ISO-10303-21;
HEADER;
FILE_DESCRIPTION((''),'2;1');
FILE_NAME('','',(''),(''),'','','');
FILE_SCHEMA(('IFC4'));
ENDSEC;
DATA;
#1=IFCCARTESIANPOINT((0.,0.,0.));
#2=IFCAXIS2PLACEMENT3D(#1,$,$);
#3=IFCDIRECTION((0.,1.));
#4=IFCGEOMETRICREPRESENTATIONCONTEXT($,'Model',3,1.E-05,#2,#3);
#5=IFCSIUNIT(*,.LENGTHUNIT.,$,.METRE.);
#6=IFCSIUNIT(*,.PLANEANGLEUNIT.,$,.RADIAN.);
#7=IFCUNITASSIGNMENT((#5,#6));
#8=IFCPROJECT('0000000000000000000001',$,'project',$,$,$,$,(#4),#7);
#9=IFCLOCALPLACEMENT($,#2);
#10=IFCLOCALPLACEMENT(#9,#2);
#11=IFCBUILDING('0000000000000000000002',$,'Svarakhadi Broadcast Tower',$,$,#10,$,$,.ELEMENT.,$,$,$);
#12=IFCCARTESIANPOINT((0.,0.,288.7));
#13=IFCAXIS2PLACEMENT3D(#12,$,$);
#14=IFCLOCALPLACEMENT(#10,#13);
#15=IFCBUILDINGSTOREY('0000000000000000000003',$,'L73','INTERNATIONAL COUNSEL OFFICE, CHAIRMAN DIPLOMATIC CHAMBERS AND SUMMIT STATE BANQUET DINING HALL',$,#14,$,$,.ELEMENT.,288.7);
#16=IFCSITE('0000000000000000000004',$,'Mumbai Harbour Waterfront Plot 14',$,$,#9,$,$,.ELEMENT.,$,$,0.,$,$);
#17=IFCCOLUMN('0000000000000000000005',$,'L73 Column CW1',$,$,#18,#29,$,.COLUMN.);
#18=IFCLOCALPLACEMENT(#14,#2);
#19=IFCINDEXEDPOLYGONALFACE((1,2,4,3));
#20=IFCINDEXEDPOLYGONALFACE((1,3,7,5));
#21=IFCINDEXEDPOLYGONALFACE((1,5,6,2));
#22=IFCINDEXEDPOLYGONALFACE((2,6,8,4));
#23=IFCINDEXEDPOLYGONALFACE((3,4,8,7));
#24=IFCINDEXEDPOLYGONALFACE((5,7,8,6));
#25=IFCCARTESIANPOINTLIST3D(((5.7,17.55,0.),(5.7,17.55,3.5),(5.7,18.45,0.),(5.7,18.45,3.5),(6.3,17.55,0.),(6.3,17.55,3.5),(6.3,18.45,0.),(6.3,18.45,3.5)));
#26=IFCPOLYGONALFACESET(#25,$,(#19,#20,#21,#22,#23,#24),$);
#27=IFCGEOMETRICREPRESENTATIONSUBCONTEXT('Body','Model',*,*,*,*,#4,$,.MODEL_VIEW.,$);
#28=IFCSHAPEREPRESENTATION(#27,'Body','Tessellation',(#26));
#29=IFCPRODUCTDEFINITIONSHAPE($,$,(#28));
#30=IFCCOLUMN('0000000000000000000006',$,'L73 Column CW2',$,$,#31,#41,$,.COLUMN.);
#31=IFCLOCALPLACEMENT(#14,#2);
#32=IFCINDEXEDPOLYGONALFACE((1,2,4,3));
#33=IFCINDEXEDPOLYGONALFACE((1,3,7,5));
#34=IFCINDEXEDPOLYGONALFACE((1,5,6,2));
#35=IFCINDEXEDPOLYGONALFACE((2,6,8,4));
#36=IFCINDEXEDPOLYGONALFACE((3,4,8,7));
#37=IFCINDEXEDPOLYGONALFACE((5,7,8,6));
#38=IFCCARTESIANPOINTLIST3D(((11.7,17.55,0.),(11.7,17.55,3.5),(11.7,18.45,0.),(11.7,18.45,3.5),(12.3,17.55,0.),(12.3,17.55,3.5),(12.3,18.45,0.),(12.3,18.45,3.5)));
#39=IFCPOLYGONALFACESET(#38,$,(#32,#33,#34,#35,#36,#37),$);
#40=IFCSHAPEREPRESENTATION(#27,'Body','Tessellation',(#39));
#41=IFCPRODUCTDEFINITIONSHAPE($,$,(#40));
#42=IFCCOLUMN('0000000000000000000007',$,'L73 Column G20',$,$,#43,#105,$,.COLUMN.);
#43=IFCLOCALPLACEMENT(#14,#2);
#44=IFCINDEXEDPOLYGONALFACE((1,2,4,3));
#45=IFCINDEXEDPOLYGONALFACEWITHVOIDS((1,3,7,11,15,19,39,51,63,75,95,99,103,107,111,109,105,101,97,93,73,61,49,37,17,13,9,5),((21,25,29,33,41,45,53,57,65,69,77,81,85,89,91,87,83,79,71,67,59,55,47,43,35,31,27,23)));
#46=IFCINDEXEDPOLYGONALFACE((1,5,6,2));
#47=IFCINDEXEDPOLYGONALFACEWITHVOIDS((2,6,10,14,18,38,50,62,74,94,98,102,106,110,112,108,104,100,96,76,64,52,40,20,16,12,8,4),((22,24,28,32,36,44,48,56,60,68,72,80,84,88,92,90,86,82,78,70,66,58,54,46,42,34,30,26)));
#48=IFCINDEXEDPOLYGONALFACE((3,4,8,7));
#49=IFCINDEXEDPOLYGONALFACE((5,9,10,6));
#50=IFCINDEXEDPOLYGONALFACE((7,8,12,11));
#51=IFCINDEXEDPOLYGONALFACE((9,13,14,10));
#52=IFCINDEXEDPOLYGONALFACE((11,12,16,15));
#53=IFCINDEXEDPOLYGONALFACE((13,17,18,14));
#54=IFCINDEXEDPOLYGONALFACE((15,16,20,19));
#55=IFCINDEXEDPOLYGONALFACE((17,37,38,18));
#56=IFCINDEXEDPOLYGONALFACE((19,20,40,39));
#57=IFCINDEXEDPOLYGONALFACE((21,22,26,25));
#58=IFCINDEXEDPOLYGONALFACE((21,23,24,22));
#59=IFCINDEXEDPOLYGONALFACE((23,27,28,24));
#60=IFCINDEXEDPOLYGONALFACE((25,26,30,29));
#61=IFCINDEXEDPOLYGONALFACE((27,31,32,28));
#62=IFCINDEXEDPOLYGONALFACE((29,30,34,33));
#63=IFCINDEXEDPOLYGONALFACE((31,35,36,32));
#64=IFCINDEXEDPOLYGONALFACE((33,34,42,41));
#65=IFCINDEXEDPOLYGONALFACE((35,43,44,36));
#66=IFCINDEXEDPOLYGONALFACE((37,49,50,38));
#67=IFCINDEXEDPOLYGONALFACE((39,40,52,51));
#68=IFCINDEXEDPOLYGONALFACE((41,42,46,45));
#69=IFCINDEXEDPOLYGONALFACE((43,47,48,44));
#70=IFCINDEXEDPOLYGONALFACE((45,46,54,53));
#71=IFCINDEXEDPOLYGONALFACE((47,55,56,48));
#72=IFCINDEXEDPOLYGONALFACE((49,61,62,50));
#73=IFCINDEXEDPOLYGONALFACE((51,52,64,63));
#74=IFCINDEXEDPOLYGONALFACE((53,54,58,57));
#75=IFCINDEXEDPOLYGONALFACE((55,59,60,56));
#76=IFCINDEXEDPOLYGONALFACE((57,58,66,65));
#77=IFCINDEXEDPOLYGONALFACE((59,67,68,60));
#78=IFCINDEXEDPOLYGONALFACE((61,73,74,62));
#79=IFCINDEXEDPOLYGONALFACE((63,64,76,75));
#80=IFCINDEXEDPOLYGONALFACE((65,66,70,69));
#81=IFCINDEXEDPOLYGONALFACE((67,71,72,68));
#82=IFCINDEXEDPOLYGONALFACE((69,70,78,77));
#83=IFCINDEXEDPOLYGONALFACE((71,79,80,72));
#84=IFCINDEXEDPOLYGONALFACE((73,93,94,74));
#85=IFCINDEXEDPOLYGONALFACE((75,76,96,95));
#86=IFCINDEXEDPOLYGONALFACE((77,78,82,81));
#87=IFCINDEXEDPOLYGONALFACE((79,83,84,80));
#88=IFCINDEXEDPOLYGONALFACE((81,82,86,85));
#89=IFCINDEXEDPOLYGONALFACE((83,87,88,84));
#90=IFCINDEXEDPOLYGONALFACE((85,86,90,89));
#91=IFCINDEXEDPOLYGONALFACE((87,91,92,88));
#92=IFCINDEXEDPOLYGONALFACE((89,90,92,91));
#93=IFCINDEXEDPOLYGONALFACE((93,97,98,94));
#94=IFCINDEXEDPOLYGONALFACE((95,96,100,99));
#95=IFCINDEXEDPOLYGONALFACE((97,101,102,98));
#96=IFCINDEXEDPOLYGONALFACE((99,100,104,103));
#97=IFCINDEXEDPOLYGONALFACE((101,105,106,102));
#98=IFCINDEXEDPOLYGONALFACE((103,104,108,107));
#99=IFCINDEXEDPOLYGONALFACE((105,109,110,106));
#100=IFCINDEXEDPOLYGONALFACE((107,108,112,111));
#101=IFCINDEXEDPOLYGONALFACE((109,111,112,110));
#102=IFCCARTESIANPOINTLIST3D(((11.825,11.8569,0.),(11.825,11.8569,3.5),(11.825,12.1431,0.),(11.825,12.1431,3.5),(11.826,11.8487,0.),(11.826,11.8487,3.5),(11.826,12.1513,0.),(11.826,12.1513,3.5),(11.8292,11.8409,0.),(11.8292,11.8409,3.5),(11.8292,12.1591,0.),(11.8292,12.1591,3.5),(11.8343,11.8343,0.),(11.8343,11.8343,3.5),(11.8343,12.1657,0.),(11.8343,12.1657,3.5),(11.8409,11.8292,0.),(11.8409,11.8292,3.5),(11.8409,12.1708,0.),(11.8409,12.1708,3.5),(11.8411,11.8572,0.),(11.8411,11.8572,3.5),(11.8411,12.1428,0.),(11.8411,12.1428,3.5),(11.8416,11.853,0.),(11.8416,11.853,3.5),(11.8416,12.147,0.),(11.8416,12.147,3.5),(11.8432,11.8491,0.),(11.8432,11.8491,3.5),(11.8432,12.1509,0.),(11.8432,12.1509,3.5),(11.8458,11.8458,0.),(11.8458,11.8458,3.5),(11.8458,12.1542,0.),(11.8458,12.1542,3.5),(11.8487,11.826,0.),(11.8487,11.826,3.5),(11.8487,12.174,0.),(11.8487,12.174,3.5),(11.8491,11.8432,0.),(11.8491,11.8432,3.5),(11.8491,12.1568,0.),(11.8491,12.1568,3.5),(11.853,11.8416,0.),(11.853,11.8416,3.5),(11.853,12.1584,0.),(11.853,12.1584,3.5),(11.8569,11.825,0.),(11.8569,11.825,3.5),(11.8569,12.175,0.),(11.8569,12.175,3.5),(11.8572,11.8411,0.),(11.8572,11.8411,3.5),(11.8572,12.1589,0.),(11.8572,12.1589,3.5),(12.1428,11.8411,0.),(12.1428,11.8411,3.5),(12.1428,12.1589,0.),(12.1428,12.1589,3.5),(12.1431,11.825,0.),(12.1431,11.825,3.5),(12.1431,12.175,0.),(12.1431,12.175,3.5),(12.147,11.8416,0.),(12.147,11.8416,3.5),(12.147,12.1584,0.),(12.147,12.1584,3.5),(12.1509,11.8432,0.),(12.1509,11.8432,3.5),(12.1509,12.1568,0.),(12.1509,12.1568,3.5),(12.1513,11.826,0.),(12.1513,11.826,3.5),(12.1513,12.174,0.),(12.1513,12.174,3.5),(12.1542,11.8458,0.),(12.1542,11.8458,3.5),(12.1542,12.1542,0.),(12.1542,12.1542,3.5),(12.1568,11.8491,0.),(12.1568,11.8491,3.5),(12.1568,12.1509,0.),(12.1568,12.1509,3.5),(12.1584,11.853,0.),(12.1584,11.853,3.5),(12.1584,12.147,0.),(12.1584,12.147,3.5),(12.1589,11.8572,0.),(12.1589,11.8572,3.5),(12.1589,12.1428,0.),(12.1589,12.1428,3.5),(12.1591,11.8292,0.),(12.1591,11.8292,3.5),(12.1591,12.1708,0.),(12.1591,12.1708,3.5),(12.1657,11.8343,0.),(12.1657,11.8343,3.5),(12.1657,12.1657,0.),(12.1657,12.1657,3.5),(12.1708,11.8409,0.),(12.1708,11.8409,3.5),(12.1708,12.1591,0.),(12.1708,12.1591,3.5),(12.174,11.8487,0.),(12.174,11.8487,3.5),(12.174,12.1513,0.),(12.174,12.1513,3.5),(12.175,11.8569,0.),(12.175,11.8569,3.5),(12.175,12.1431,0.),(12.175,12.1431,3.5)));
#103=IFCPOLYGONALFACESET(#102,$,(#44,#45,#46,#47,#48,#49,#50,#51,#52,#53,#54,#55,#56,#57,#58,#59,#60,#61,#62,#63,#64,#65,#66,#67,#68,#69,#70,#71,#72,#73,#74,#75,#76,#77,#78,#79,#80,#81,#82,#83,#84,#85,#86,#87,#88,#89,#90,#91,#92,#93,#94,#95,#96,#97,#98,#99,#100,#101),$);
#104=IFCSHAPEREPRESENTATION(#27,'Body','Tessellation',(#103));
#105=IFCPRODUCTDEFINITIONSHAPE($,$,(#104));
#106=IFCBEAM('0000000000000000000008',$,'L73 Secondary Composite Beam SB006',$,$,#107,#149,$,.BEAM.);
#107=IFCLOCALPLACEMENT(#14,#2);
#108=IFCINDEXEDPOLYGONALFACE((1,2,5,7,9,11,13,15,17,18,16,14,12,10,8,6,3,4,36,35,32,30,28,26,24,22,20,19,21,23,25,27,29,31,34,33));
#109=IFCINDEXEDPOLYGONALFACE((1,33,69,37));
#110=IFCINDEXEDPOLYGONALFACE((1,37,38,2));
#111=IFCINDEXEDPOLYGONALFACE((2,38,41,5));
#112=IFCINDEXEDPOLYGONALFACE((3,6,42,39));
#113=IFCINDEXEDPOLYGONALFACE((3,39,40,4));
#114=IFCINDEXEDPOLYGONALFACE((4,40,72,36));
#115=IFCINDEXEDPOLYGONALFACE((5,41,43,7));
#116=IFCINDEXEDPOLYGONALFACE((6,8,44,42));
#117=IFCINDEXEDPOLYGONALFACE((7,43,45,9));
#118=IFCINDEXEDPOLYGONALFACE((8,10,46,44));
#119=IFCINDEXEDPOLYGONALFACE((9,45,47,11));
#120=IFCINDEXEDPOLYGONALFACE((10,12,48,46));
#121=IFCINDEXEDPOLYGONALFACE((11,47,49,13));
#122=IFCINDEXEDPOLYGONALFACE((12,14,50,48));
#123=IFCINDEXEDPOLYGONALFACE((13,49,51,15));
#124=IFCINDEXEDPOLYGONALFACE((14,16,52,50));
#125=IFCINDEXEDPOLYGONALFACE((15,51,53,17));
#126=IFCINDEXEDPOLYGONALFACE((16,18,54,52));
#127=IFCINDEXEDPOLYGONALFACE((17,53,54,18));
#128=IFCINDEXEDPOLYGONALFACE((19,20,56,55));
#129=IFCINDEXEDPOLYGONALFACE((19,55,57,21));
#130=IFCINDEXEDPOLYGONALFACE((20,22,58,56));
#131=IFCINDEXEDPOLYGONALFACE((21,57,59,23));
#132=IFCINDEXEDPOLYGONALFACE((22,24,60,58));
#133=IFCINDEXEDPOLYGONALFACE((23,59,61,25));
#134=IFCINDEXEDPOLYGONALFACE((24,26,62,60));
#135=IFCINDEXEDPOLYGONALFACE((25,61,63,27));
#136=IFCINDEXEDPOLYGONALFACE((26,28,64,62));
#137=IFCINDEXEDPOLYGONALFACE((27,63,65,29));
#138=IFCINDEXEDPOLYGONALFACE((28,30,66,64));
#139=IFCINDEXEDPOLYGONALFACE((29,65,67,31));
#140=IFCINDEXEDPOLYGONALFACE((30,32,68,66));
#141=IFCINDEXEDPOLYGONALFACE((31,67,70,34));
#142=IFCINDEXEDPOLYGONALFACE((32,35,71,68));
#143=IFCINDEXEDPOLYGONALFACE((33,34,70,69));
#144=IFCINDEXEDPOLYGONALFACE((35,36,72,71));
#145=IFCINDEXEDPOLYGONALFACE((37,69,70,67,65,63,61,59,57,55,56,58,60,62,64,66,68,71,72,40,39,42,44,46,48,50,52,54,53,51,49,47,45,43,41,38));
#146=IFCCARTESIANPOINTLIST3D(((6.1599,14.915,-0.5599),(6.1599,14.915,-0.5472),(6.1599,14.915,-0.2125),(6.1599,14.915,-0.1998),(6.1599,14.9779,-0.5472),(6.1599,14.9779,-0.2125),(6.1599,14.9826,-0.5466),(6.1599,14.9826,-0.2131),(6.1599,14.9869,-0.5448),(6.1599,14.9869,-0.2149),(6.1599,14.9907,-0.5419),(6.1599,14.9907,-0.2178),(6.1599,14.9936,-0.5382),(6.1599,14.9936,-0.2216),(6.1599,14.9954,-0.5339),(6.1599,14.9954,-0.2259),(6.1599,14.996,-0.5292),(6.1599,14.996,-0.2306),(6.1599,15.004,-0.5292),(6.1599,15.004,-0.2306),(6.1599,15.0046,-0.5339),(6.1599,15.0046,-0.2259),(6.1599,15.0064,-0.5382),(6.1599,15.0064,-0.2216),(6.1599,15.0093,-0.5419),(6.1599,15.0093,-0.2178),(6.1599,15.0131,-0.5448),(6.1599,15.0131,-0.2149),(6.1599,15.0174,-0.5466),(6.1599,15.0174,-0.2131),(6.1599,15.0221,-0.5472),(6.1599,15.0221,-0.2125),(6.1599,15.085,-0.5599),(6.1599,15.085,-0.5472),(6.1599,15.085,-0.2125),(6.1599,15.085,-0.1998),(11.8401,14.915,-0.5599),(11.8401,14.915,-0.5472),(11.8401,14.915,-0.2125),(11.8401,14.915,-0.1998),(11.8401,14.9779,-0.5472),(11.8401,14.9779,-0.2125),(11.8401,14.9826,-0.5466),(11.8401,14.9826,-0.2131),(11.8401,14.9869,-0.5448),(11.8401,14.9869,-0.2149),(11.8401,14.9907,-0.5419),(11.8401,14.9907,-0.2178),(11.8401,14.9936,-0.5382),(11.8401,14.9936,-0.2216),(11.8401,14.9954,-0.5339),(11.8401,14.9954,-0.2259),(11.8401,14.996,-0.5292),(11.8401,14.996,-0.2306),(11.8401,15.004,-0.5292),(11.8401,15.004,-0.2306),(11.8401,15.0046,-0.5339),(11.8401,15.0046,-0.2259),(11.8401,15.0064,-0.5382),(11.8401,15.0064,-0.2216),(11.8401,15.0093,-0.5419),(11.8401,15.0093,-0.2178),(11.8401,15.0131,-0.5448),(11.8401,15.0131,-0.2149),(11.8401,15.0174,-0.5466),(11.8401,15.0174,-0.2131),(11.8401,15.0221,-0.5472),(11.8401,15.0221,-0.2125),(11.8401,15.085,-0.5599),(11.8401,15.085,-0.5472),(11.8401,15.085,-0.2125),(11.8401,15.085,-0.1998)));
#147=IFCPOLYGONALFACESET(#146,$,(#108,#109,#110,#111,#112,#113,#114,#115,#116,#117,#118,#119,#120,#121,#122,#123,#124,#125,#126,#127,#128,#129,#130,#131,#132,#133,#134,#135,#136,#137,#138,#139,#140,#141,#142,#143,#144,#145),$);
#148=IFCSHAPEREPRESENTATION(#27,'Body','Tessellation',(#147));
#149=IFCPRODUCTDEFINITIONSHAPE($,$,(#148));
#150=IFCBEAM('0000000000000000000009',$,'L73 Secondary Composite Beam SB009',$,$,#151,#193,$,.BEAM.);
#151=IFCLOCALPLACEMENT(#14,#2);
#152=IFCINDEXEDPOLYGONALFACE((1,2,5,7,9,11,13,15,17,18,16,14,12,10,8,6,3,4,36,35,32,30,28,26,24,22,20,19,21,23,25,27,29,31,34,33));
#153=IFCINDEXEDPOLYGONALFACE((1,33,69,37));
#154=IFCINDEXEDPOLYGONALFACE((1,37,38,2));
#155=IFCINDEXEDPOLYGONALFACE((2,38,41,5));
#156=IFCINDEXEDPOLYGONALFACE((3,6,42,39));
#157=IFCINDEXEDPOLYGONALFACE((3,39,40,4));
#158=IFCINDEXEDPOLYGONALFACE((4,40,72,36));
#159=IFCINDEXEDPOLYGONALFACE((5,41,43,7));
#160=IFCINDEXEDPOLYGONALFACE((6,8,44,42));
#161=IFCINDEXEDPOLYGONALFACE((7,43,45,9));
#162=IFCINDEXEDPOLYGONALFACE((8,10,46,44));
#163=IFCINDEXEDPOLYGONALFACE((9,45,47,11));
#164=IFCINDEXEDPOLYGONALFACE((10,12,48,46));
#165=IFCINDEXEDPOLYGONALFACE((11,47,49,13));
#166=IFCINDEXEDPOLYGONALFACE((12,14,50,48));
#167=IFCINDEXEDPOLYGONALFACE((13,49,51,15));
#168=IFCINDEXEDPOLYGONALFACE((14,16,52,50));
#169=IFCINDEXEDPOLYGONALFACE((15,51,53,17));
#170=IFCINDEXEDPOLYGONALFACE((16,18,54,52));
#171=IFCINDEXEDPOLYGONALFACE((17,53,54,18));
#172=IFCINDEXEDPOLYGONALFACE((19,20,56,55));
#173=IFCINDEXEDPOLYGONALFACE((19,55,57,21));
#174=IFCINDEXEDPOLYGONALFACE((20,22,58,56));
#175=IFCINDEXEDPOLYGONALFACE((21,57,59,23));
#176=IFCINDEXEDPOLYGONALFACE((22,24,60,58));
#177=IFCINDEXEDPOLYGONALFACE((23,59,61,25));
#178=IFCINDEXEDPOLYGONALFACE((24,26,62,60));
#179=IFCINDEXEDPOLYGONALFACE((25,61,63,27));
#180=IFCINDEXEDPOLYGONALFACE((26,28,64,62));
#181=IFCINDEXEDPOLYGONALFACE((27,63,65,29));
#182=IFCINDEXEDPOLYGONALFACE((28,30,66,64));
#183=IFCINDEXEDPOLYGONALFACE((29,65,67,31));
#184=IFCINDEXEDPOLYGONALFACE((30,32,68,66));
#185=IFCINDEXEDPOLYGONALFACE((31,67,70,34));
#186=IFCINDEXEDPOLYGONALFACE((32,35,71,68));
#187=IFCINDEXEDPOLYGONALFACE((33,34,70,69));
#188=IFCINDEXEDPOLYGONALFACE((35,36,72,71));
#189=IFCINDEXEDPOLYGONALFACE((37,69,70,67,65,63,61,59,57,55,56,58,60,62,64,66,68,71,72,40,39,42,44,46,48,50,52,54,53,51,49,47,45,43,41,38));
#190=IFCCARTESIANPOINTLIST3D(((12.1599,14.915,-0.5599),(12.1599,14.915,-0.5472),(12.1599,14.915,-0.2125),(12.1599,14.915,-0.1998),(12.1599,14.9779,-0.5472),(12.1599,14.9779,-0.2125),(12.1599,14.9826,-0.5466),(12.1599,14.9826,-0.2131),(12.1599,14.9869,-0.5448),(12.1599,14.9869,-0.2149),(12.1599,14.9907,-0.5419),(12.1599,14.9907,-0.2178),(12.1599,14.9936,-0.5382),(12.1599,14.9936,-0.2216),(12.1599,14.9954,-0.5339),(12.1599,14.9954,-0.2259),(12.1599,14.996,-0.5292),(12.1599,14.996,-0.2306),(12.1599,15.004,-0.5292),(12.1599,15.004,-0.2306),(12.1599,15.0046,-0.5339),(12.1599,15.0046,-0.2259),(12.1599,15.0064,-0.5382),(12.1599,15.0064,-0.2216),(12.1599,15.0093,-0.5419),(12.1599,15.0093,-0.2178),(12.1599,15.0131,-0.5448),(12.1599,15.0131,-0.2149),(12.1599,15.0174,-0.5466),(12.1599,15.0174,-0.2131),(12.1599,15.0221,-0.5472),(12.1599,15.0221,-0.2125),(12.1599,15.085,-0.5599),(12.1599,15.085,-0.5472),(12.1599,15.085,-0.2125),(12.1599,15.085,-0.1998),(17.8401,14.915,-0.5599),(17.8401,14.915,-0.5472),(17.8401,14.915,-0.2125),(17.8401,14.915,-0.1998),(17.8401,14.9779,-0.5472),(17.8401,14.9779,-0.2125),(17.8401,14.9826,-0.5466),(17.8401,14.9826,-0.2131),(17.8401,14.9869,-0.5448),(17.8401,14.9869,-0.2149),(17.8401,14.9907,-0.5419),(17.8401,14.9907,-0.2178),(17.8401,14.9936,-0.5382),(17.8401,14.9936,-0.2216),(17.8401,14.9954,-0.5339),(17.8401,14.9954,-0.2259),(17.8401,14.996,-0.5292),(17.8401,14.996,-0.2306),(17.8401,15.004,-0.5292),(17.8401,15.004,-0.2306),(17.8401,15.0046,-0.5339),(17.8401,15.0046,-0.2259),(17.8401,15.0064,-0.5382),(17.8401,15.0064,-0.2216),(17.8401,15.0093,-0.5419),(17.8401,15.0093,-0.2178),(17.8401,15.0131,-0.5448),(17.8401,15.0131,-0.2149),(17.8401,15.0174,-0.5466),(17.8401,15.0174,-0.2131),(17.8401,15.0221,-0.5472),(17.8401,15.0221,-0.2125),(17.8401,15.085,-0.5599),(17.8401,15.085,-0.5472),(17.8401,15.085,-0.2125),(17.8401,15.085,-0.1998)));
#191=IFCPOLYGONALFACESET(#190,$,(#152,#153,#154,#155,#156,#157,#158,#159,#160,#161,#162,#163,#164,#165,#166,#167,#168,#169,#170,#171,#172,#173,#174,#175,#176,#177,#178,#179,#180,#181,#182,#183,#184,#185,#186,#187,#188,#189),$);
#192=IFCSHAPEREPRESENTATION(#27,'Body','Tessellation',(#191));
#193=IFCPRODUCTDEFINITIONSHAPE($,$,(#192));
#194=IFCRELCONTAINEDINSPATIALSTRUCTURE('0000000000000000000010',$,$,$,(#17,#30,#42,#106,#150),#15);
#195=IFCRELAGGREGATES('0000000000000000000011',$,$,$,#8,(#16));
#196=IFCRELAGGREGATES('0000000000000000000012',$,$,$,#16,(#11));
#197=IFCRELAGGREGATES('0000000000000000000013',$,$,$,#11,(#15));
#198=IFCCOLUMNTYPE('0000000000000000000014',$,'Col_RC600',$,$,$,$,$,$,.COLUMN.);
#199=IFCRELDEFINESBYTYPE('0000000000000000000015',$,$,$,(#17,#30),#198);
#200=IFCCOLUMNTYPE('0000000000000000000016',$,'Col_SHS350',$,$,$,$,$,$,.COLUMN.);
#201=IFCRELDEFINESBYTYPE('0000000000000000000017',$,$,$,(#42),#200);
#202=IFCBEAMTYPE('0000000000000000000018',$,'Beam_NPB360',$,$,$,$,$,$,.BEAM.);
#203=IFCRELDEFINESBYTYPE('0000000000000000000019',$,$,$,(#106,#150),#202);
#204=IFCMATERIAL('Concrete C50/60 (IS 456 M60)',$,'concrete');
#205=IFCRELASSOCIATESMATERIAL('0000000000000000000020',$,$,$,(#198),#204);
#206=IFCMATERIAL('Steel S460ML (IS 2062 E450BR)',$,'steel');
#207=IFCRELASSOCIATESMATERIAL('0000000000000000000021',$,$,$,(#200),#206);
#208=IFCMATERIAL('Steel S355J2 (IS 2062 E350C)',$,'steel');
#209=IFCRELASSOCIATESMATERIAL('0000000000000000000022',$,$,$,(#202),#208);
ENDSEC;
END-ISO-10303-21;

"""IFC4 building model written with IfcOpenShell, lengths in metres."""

from ifc_helpers import new_model, si_unit, direction, frame, origin, origin_2d, place, context, subcontext, project, spatial, rectangle, hollow_rectangle, i_section, extrude, material, material_profile, profile_set, type_object, element, save


model = new_model("IFC4")

# Units and contexts
model_context = context("Model", 3, precision=1e-05, world=origin(), true_north=direction((0.0, 1.0)))
body_context = subcontext(model_context, "Body", "Model", "MODEL_VIEW")
ifc_project = project(units=[si_unit("LENGTHUNIT", "METRE"), si_unit("PLANEANGLEUNIT", "RADIAN")], contexts=[model_context])

# Site, building, storey
site_placement = place(None, origin())
site = spatial("IfcSite", under=ifc_project, at=site_placement, Name="Mumbai Harbour Waterfront Plot 14", CompositionType="ELEMENT", RefElevation=0.0)
building_placement = place(site_placement, origin())
building = spatial("IfcBuilding", under=site, at=building_placement, Name="Svarakhadi Broadcast Tower", CompositionType="ELEMENT")
storey_placement = place(building_placement, frame((0.0, 0.0, 288.7)))
storey = spatial("IfcBuildingStorey", under=building, at=storey_placement, Name="L73", Description="INTERNATIONAL COUNSEL OFFICE, CHAIRMAN DIPLOMATIC CHAMBERS AND SUMMIT STATE BANQUET DINING HALL", CompositionType="ELEMENT", Elevation=288.7)

# Columns
ifc_material_1 = material(Name="Concrete C50/60 (IS 456 M60)", Category="concrete")
ifc_material_profile_1 = material_profile(ifc_material_1, rectangle(XDim=0.6001, YDim=0.8999, at=origin_2d()), Name="RC 600x900")
ifc_profile_set_1 = profile_set([ifc_material_profile_1], Name="Concrete C50/60 (IS 456 M60)")
column_type_1 = type_object("IfcColumnType", Name="Col_RC600", PredefinedType="COLUMN", material=ifc_profile_set_1)
for number, where, z_axis, x_axis, name in (
    (1, (6.0, 18.0, 0.0), (0.0, 0.0, 1.0), (1.0, 0.0, 0.0), "L73 Column CW1"),
    (2, (12.0, 18.0, 0.0), (0.0, 0.0, 1.0), (1.0, 0.0, 0.0), "L73 Column CW2"),
):
    element("IfcColumn", number, at=place(storey_placement, frame(where, z_axis=z_axis, x_axis=x_axis)), inside=storey, type_object=column_type_1, Name=name, PredefinedType="COLUMN", context=body_context, shape_type="SweptSolid", body=[
        extrude(rectangle(XDim=0.6001, YDim=0.8999, at=origin_2d()), origin(), (0.0, 0.0, 1.0), 3.5),
    ])
ifc_material_2 = material(Name="Steel S460ML (IS 2062 E450BR)", Category="steel")
ifc_material_profile_2 = material_profile(ifc_material_2, hollow_rectangle(XDim=0.3501, YDim=0.3501, WallThickness=0.0161, InnerFilletRadius=0.0161, OuterFilletRadius=0.032, at=origin_2d()), Name="SHS 350x350x16")
ifc_profile_set_2 = profile_set([ifc_material_profile_2], Name="Steel S460ML (IS 2062 E450BR)")
column_type_2 = type_object("IfcColumnType", Name="Col_SHS350", PredefinedType="COLUMN", material=ifc_profile_set_2)
column_placement = place(storey_placement, frame((12.0, 12.0, 0.0), z_axis=(0.0, 0.0, 1.0), x_axis=(1.0, 0.0, 0.0)))
element("IfcColumn", 3, at=column_placement, inside=storey, type_object=column_type_2, Name="L73 Column G20", PredefinedType="COLUMN", context=body_context, shape_type="SweptSolid", body=[
    extrude(hollow_rectangle(XDim=0.3501, YDim=0.3501, WallThickness=0.0161, InnerFilletRadius=0.0161, OuterFilletRadius=0.032, at=origin_2d()), origin(), (0.0, 0.0, 1.0), 3.5),
])

# Beams
ifc_material_3 = material(Name="Steel S355J2 (IS 2062 E350C)", Category="steel")
ifc_material_profile_3 = material_profile(ifc_material_3, i_section(OverallWidth=0.1699, OverallDepth=0.3601, WebThickness=0.0081, FlangeThickness=0.0127, FilletRadius=0.0181, at=origin_2d()), Name="NPB 360x170x57")
ifc_profile_set_3 = profile_set([ifc_material_profile_3], Name="Steel S355J2 (IS 2062 E350C)")
beam_type_1 = type_object("IfcBeamType", Name="Beam_NPB360", PredefinedType="BEAM", material=ifc_profile_set_3)
for number, where, z_axis, x_axis, name in (
    (4, (6.1599, 15.0, -0.3799), (1.0, 0.0, 0.0), (0.0, 1.0, 0.0), "L73 Secondary Composite Beam SB006"),
    (5, (12.1599, 15.0, -0.3799), (1.0, 0.0, 0.0), (0.0, 1.0, 0.0), "L73 Secondary Composite Beam SB009"),
):
    element("IfcBeam", number, at=place(storey_placement, frame(where, z_axis=z_axis, x_axis=x_axis)), inside=storey, type_object=beam_type_1, Name=name, PredefinedType="BEAM", context=body_context, shape_type="SweptSolid", body=[
        extrude(i_section(OverallWidth=0.1699, OverallDepth=0.3601, WebThickness=0.0081, FlangeThickness=0.0127, FilletRadius=0.0181, at=origin_2d()), origin(), (0.0, 0.0, 1.0), 5.6802),
    ])

save(model, "model.ifc")
